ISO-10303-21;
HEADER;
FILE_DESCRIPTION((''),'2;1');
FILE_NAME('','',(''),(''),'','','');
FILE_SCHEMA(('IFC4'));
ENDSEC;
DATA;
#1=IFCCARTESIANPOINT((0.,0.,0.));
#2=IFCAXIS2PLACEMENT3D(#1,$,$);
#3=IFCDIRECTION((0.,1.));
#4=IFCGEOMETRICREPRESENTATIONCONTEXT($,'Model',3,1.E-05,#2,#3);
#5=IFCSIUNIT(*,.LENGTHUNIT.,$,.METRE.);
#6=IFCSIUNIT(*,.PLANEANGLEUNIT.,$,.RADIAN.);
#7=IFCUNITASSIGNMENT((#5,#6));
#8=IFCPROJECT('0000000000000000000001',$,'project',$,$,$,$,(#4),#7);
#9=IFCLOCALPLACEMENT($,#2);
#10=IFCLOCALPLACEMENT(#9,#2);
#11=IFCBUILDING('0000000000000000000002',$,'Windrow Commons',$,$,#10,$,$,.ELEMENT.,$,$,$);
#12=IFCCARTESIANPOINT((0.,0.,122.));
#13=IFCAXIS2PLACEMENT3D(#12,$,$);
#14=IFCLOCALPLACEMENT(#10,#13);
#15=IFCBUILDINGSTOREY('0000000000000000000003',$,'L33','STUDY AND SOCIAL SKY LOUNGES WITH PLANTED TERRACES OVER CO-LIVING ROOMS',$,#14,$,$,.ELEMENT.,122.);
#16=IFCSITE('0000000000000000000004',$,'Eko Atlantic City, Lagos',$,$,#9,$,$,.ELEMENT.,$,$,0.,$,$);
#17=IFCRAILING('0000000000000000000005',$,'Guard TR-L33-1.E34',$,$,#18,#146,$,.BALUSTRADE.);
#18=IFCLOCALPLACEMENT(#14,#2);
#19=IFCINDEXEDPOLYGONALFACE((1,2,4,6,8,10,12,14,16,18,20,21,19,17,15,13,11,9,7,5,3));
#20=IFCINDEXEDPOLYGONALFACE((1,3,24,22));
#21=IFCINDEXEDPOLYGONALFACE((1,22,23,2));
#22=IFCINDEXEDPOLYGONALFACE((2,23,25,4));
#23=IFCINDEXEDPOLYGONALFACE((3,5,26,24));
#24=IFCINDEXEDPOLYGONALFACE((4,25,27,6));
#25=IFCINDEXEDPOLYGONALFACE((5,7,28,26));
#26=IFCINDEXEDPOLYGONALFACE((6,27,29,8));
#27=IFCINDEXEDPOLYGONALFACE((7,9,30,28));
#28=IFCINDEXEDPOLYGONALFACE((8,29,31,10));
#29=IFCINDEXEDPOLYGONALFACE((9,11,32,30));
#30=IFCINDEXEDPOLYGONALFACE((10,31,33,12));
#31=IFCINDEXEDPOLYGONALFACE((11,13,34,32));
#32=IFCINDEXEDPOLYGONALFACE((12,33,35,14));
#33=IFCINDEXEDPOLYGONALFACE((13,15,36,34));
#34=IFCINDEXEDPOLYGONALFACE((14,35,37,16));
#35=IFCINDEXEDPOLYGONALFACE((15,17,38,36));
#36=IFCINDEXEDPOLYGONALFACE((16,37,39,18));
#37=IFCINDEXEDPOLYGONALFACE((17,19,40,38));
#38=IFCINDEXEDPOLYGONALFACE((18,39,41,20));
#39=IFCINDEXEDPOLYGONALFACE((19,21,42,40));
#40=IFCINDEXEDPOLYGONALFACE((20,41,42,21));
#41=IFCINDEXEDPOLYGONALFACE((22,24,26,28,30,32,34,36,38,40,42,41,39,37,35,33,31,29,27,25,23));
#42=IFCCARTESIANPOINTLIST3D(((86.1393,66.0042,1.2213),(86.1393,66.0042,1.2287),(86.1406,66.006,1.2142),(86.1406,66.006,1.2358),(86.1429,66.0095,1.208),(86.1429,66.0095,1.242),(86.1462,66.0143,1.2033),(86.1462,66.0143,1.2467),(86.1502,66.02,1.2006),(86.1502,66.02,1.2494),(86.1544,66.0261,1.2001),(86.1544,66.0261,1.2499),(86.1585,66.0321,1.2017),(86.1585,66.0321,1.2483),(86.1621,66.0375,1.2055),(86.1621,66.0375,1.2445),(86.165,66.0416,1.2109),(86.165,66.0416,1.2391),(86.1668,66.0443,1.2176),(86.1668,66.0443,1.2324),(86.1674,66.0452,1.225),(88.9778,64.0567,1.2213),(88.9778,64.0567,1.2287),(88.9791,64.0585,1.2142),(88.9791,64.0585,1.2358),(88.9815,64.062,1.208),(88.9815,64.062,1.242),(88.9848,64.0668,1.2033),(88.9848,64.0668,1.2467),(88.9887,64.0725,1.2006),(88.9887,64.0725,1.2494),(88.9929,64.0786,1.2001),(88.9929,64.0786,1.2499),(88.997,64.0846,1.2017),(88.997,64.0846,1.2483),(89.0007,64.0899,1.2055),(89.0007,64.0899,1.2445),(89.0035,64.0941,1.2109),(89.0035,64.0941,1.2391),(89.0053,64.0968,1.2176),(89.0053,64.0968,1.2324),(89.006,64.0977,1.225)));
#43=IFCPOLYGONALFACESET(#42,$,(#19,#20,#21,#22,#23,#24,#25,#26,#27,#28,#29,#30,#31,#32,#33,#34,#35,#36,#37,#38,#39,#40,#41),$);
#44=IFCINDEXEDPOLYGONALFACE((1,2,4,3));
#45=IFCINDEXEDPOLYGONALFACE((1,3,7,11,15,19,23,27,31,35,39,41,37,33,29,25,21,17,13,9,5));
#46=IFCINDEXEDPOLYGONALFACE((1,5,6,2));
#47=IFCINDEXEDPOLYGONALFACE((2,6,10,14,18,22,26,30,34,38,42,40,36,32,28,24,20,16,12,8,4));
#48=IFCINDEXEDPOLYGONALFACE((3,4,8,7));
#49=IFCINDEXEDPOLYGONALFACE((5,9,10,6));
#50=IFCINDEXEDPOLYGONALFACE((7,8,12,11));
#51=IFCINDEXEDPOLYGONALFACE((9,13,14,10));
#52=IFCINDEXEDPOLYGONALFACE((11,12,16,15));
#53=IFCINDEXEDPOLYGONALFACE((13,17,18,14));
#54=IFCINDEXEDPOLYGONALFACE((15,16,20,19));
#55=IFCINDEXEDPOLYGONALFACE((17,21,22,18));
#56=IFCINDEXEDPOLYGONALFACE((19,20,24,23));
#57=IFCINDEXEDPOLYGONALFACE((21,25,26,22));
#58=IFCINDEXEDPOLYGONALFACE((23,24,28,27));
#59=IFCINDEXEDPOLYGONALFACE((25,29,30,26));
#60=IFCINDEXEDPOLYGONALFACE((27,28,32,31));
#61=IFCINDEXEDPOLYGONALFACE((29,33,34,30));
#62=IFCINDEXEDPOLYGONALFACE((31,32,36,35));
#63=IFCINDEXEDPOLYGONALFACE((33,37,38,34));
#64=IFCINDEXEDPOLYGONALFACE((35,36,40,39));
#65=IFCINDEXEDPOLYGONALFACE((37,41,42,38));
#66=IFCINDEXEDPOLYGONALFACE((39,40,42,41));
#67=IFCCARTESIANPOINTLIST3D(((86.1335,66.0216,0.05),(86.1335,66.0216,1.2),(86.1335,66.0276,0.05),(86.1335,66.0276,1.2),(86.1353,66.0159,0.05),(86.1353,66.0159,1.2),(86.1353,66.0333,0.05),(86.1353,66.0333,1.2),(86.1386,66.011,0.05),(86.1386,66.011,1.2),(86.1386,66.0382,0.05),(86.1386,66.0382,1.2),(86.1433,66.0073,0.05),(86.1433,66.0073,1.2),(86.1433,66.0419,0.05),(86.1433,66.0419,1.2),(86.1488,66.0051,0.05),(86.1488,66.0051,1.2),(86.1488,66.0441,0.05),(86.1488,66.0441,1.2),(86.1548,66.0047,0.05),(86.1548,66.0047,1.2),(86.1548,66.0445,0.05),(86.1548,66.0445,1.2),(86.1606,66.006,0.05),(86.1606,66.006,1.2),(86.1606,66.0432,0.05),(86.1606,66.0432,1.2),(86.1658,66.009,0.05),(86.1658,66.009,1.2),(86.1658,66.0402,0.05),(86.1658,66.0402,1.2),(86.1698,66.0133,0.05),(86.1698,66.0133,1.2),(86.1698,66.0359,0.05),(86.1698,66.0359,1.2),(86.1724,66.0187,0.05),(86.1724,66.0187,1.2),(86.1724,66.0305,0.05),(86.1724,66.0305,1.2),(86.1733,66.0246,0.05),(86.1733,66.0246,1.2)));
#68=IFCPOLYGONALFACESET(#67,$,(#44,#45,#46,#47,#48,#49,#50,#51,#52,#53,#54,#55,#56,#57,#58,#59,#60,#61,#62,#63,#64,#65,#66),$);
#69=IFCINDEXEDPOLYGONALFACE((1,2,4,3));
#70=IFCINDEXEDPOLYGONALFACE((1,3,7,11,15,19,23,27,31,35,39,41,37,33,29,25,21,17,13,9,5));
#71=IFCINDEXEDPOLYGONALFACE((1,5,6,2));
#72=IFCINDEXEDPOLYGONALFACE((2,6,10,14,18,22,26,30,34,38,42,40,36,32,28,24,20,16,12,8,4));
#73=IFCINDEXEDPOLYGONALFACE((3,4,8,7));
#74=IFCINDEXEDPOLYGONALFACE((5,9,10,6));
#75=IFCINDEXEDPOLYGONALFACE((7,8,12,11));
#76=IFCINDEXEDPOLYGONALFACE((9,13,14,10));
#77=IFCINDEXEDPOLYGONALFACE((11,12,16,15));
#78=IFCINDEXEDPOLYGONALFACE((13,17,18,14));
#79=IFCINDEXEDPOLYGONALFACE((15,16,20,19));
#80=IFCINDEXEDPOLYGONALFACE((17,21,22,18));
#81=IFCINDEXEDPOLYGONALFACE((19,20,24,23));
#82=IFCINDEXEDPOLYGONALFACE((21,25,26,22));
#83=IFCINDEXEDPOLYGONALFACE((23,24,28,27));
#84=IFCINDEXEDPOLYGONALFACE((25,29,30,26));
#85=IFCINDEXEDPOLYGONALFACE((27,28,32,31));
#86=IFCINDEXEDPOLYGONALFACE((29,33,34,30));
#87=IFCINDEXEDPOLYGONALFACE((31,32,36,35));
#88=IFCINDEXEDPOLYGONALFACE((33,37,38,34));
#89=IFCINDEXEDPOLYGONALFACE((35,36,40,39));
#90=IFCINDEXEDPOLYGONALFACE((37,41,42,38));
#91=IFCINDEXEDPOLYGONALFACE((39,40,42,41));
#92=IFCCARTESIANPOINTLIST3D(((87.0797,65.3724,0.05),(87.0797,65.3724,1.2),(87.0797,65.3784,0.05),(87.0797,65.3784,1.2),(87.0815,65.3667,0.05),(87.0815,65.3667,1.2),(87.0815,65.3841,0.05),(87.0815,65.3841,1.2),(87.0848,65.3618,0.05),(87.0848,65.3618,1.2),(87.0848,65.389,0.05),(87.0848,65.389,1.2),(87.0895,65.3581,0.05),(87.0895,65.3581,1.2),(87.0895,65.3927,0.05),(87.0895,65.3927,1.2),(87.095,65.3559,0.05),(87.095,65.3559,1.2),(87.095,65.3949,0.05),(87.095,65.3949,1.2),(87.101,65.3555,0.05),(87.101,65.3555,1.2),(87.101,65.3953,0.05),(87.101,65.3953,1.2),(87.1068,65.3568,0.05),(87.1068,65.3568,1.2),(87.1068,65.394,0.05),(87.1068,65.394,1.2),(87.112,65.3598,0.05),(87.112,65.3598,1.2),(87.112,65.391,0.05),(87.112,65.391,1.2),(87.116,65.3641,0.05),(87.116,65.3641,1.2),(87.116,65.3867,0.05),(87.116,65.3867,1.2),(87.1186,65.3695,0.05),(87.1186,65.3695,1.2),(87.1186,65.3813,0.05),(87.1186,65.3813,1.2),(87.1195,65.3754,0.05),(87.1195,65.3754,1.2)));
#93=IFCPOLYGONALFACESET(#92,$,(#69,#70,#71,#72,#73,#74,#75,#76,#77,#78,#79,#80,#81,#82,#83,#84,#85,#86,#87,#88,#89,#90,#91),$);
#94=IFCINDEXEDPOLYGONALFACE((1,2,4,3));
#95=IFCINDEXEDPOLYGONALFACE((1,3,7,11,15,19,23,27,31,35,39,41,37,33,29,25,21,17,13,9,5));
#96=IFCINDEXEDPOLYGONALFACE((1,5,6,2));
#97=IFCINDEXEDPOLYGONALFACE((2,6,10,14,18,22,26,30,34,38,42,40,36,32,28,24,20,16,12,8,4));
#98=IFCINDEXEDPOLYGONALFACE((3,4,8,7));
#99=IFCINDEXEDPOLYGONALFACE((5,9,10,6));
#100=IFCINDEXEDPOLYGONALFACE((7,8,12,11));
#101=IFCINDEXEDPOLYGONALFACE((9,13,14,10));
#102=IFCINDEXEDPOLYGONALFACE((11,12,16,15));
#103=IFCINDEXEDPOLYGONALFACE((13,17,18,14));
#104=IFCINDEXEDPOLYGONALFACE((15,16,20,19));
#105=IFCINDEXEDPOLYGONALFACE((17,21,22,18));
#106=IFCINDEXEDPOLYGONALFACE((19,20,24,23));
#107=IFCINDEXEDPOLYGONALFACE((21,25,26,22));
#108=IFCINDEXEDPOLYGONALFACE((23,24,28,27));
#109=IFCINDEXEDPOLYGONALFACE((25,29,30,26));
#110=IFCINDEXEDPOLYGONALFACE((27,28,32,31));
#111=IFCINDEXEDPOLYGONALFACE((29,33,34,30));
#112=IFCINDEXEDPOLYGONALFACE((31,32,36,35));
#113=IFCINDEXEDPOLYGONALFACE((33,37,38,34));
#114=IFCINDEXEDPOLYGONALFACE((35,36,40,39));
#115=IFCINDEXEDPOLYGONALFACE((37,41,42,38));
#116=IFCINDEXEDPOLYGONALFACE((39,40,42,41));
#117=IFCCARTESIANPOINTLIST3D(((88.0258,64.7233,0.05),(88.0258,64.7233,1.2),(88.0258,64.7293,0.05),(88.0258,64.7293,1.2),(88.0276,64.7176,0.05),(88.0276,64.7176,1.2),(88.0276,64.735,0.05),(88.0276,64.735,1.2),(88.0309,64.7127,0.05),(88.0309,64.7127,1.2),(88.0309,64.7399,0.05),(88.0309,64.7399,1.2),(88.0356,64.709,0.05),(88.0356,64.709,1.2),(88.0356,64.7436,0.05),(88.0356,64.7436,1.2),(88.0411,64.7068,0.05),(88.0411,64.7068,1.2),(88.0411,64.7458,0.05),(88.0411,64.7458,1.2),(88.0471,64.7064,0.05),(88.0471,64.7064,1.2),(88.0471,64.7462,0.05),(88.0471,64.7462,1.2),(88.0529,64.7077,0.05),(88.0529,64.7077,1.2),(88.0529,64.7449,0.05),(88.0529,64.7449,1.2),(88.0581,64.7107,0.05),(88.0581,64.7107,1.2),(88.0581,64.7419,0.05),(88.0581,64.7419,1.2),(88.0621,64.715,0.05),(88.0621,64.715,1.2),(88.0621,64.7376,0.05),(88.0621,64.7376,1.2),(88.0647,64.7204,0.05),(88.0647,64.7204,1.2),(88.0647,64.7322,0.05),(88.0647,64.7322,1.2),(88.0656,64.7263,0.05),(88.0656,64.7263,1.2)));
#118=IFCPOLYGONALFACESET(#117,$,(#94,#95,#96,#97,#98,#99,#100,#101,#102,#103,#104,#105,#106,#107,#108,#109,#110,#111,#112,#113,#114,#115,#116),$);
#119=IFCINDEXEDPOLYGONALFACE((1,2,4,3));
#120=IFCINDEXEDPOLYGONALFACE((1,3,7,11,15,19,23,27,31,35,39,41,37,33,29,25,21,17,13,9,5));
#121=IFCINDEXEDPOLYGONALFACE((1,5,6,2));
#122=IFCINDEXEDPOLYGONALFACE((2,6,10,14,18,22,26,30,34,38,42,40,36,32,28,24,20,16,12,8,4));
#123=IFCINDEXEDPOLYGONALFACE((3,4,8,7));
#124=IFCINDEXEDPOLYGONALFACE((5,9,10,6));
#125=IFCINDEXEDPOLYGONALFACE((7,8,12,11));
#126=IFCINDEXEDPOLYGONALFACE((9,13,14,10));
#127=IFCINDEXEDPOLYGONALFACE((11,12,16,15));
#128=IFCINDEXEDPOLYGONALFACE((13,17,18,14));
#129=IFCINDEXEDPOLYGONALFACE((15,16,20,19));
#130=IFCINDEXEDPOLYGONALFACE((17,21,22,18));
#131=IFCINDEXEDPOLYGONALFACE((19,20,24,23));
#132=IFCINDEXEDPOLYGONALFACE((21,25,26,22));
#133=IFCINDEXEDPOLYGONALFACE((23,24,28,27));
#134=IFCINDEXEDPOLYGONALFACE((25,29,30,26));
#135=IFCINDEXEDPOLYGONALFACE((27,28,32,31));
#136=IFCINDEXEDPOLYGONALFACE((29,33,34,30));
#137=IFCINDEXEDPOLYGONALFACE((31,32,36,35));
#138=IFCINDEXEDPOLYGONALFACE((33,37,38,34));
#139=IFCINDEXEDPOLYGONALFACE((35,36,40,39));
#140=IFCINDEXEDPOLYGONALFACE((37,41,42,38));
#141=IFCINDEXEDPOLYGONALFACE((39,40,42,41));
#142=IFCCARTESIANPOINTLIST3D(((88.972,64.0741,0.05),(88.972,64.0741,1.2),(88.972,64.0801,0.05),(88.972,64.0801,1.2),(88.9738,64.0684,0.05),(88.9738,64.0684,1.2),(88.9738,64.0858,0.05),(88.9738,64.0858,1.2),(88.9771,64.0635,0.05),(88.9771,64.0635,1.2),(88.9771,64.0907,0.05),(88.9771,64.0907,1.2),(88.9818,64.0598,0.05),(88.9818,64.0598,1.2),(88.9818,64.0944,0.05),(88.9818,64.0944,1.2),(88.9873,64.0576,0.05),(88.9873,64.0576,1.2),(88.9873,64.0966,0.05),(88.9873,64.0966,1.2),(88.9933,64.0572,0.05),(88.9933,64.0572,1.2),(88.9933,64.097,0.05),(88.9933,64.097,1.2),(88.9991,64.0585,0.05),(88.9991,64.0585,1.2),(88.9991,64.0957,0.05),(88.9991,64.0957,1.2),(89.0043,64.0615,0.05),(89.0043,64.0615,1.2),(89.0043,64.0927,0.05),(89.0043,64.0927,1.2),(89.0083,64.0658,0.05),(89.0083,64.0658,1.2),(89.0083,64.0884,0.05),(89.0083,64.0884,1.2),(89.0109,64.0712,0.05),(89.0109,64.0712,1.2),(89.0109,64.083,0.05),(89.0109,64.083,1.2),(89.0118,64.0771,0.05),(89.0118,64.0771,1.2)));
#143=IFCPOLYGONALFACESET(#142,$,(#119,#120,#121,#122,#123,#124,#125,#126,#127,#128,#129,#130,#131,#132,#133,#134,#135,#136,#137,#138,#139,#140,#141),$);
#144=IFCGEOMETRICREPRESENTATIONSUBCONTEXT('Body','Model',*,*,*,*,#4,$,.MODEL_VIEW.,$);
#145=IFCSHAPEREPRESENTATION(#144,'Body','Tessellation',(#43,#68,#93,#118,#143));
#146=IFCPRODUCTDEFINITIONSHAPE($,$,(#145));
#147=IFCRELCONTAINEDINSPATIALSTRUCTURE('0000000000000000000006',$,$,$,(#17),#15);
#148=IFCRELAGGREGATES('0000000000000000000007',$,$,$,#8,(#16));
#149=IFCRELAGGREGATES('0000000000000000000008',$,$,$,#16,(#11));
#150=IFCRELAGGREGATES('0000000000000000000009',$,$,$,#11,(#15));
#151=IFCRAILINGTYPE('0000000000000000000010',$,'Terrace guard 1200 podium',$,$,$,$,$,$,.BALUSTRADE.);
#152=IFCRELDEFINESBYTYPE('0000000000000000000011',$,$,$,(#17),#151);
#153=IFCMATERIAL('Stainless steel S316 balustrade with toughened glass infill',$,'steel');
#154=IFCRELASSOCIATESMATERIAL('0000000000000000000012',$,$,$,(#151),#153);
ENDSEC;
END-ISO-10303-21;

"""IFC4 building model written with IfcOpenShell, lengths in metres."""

from ifc_helpers import new_model, si_unit, direction, frame, origin, origin_2d, place, context, subcontext, project, spatial, circle, extrude, material, type_object, element, save


model = new_model("IFC4")

# Units and contexts
model_context = context("Model", 3, precision=1e-05, world=origin(), true_north=direction((0.0, 1.0)))
body_context = subcontext(model_context, "Body", "Model", "MODEL_VIEW")
ifc_project = project(units=[si_unit("LENGTHUNIT", "METRE"), si_unit("PLANEANGLEUNIT", "RADIAN")], contexts=[model_context])

# Site, building, storey
site_placement = place(None, origin())
site = spatial("IfcSite", under=ifc_project, at=site_placement, Name="Eko Atlantic City, Lagos", CompositionType="ELEMENT", RefElevation=0.0)
building_placement = place(site_placement, origin())
building = spatial("IfcBuilding", under=site, at=building_placement, Name="Windrow Commons", CompositionType="ELEMENT")
storey_placement = place(building_placement, frame((0.0, 0.0, 122.0)))
storey = spatial("IfcBuildingStorey", under=building, at=storey_placement, Name="L33", Description="STUDY AND SOCIAL SKY LOUNGES WITH PLANTED TERRACES OVER CO-LIVING ROOMS", CompositionType="ELEMENT", Elevation=122.0)

# Railing
ifc_material_1 = material(Name="Stainless steel S316 balustrade with toughened glass infill", Category="steel")
railing_type_1 = type_object("IfcRailingType", Name="Terrace guard 1200 podium", PredefinedType="BALUSTRADE", material=ifc_material_1)
railing_1_placement = place(storey_placement, frame((86.1533, 66.0246, 0.05)))
element("IfcRailing", 1, at=railing_1_placement, inside=storey, type_object=railing_type_1, Name="Guard TR-L33-1.E34", PredefinedType="BALUSTRADE", context=body_context, shape_type="SweptSolid", body=[
    extrude(circle(Radius=0.025, at=origin_2d()), frame((0.0, 0.0, 1.175), z_axis=(0.82458, -0.565746, 0.0), x_axis=(0.565746, 0.82458, 0.0)), (0.0, 0.0, 1.0), 3.4424),
    extrude(circle(Radius=0.02, at=origin_2d()), origin(), (0.0, 0.0, 1.0), 1.15),
    extrude(circle(Radius=0.02, at=origin_2d()), frame((0.9462, -0.6492, 0.0)), (0.0, 0.0, 1.0), 1.15),
    extrude(circle(Radius=0.02, at=origin_2d()), frame((1.8923, -1.2983, 0.0)), (0.0, 0.0, 1.0), 1.15),
    extrude(circle(Radius=0.02, at=origin_2d()), frame((2.8385, -1.9475, 0.0)), (0.0, 0.0, 1.0), 1.15),
])

save(model, "model.ifc")
